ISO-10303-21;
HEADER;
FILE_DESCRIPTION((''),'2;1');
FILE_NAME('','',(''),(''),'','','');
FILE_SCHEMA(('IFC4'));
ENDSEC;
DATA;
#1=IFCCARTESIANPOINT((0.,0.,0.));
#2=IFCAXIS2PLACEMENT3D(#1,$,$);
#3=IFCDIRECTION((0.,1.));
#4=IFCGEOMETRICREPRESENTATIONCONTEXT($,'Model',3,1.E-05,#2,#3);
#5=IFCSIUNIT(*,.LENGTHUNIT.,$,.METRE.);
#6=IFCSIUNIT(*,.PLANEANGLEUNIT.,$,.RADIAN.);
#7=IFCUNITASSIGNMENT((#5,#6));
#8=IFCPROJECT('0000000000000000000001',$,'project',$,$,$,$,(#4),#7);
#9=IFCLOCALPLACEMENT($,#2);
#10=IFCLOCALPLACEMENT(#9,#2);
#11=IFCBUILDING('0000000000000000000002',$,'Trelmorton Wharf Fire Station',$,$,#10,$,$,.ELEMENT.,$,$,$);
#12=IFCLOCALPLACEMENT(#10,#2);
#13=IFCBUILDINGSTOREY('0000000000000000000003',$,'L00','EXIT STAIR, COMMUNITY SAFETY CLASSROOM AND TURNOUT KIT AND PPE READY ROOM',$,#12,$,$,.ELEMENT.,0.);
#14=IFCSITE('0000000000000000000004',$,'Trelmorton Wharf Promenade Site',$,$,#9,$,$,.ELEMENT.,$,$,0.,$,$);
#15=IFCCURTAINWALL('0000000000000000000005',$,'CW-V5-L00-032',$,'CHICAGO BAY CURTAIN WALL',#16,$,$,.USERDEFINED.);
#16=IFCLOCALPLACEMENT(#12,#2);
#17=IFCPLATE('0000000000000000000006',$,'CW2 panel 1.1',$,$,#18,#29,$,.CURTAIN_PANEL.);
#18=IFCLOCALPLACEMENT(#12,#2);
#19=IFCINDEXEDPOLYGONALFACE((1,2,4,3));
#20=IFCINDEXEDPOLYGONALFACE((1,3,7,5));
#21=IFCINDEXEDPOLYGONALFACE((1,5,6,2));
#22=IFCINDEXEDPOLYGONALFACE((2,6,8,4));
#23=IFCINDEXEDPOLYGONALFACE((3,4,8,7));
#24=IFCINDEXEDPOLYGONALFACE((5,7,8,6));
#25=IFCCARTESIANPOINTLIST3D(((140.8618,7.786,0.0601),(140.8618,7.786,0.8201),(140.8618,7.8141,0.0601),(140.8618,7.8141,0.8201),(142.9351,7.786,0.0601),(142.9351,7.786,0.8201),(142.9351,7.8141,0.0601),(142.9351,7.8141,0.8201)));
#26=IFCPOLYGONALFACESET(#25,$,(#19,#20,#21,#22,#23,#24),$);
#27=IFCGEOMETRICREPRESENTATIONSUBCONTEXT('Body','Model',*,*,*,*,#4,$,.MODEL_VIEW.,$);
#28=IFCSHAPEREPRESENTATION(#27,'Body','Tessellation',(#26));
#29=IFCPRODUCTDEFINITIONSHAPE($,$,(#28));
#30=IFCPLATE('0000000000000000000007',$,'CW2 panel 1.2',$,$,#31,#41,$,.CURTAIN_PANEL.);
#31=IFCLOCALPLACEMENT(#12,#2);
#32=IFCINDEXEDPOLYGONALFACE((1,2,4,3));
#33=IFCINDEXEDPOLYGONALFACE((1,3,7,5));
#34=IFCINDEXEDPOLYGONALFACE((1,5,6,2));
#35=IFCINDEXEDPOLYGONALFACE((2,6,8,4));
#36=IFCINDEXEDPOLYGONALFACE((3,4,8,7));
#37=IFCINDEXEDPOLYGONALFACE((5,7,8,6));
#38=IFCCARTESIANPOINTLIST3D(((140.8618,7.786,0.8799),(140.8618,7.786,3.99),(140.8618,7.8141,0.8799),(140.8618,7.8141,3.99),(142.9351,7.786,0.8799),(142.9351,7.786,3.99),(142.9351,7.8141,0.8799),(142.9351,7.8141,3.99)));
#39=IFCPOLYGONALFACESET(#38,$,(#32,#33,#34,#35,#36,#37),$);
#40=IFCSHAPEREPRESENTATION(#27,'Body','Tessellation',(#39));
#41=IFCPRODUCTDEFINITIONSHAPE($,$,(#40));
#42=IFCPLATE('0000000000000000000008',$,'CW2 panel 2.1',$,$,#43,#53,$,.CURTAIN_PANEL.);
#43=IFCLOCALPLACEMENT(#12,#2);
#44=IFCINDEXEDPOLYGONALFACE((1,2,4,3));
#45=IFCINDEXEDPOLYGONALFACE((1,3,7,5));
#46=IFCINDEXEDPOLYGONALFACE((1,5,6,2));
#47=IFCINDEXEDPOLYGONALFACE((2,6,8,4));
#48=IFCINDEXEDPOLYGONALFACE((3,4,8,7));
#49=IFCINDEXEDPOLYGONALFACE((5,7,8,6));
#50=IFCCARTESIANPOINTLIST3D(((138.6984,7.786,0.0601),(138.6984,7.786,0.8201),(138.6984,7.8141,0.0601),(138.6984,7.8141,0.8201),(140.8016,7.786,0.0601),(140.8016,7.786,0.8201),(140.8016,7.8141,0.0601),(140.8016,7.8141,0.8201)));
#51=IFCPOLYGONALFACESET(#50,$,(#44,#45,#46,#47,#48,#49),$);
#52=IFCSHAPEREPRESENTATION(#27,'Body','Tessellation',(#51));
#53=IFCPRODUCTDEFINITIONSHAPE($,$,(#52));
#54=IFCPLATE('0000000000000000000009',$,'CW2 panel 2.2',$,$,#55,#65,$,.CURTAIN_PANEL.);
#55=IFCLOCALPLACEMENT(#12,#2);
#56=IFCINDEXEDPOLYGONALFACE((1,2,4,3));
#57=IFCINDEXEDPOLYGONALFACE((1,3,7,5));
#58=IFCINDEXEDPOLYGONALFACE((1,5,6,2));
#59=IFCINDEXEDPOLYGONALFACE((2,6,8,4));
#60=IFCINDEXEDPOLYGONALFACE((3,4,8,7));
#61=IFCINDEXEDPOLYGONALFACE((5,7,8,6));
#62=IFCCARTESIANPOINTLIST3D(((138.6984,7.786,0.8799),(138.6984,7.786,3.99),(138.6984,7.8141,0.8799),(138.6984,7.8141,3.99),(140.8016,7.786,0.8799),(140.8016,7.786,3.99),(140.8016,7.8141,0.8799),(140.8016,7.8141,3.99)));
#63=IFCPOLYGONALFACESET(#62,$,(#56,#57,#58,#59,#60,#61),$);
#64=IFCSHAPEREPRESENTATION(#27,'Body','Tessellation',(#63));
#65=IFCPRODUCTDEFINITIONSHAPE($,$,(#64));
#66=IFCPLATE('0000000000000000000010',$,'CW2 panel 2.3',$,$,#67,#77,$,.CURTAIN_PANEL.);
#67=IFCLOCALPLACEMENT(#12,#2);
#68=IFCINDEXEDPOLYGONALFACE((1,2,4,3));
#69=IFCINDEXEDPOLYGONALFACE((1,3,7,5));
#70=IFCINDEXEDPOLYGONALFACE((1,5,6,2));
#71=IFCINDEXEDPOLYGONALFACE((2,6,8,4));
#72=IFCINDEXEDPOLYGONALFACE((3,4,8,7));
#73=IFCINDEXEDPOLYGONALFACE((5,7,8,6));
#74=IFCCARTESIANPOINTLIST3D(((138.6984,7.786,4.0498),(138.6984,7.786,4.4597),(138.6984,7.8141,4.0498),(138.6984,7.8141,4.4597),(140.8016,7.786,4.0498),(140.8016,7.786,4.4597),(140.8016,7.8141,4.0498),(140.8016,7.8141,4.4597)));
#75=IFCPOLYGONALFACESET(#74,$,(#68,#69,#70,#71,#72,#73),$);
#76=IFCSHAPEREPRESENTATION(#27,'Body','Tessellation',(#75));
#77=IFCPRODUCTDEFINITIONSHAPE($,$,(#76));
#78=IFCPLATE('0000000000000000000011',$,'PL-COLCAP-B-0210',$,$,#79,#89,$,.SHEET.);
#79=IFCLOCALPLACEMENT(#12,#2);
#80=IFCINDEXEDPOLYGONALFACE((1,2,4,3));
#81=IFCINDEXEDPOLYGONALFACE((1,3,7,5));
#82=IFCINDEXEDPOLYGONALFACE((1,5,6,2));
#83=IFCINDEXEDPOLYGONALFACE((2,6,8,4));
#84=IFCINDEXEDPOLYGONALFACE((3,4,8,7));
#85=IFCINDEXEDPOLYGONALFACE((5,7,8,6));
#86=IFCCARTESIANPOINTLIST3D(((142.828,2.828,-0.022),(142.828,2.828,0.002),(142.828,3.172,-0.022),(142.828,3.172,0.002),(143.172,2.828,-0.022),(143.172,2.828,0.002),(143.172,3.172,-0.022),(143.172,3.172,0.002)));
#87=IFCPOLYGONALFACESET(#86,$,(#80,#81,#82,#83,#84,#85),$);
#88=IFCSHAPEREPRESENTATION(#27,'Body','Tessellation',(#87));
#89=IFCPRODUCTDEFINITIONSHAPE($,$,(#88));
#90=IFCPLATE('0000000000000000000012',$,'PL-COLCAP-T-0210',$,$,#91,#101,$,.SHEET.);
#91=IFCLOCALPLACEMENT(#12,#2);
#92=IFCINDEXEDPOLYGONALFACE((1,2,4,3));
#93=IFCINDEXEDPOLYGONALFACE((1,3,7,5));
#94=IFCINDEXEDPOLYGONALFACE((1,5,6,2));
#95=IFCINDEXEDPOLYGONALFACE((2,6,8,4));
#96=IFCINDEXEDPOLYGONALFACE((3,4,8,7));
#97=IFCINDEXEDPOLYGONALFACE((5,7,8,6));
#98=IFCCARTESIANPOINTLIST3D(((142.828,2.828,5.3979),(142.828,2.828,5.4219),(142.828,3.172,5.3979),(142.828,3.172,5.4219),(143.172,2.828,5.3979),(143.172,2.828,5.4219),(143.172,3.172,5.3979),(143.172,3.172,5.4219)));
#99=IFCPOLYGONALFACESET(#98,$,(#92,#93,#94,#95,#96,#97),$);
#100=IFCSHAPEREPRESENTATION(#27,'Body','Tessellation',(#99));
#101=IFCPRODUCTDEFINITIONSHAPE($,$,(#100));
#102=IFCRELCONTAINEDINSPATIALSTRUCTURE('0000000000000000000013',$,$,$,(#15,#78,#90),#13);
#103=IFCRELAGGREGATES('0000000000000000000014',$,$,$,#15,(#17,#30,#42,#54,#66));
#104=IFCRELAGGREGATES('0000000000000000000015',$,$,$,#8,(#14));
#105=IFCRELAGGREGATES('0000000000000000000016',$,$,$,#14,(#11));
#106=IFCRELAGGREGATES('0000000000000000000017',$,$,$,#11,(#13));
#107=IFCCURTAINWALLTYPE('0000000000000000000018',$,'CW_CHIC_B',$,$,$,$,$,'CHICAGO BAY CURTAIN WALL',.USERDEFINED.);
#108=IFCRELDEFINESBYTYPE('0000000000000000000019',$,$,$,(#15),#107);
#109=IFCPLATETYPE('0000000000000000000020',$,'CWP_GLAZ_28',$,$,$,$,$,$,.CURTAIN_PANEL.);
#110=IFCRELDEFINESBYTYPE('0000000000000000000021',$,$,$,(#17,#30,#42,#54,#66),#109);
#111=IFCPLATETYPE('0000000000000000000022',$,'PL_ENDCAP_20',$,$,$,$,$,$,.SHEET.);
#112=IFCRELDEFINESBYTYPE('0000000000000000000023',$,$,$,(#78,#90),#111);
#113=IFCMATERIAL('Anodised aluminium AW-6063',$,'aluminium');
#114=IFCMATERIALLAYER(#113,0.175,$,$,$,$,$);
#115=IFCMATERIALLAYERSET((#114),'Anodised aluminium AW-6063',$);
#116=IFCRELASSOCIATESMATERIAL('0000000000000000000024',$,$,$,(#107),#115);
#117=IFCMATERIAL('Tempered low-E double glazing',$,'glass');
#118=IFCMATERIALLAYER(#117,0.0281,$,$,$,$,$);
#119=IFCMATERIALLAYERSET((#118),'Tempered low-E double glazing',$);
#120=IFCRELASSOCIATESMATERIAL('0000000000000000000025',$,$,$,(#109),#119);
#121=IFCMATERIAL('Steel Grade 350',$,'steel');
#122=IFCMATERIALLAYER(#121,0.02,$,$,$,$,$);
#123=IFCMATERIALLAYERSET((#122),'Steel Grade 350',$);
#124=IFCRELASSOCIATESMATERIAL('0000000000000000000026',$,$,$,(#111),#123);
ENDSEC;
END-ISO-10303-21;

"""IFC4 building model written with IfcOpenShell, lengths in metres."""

from ifc_helpers import new_model, si_unit, direction, frame, origin, origin_2d, place, context, subcontext, project, spatial, rectangle, extrude, material, layer, layer_set, type_object, element, aggregate, save


model = new_model("IFC4")

# Units and contexts
model_context = context("Model", 3, precision=1e-05, world=origin(), true_north=direction((0.0, 1.0)))
body_context = subcontext(model_context, "Body", "Model", "MODEL_VIEW")
ifc_project = project(units=[si_unit("LENGTHUNIT", "METRE"), si_unit("PLANEANGLEUNIT", "RADIAN")], contexts=[model_context])

# Site, building, storey
site_placement = place(None, origin())
site = spatial("IfcSite", under=ifc_project, at=site_placement, Name="Trelmorton Wharf Promenade Site", CompositionType="ELEMENT", RefElevation=0.0)
building_placement = place(site_placement, origin())
building = spatial("IfcBuilding", under=site, at=building_placement, Name="Trelmorton Wharf Fire Station", CompositionType="ELEMENT")
storey_placement = place(building_placement, origin())
storey = spatial("IfcBuildingStorey", under=building, at=storey_placement, Name="L00", Description="EXIT STAIR, COMMUNITY SAFETY CLASSROOM AND TURNOUT KIT AND PPE READY ROOM", CompositionType="ELEMENT", Elevation=0.0)

# Shared definitions
ifc_material_1 = material(Name="Steel Grade 350", Category="steel")

# Curtain wall, plates
ifc_material_2 = material(Name="Anodised aluminium AW-6063", Category="aluminium")
ifc_layer_1 = layer(ifc_material_2, 0.175)
ifc_layer_set_1 = layer_set([ifc_layer_1], Name="Anodised aluminium AW-6063")
curtain_wall_type = type_object("IfcCurtainWallType", Name="CW_CHIC_B", ElementType="CHICAGO BAY CURTAIN WALL", PredefinedType="USERDEFINED", material=ifc_layer_set_1)
curtain_wall_placement = place(storey_placement, origin())
curtain_wall = element("IfcCurtainWall", 1, at=curtain_wall_placement, inside=storey, type_object=curtain_wall_type, Name="CW-V5-L00-032", ObjectType="CHICAGO BAY CURTAIN WALL", PredefinedType="USERDEFINED")
ifc_material_3 = material(Name="Tempered low-E double glazing", Category="glass")
ifc_layer_2 = layer(ifc_material_3, 0.0281)
ifc_layer_set_2 = layer_set([ifc_layer_2], Name="Tempered low-E double glazing")
plate_type_1 = type_object("IfcPlateType", Name="CWP_GLAZ_28", PredefinedType="CURTAIN_PANEL", material=ifc_layer_set_2)
plate_1_placement = place(storey_placement, frame((141.8984, 7.8, 0.0601), z_axis=(0.0, 0.0, 1.0), x_axis=(-1.0, 0.0, 0.0)))
plate_1 = element("IfcPlate", 2, at=plate_1_placement, type_object=plate_type_1, Name="CW2 panel 1.1", PredefinedType="CURTAIN_PANEL", context=body_context, shape_type="SweptSolid", body=[
    extrude(rectangle(XDim=2.0732, YDim=0.0281, at=origin_2d()), origin(), (0.0, 0.0, 1.0), 0.76),
])
plate_2_placement = place(storey_placement, frame((141.8984, 7.8, 0.8799), z_axis=(0.0, 0.0, 1.0), x_axis=(-1.0, 0.0, 0.0)))
plate_2 = element("IfcPlate", 3, at=plate_2_placement, type_object=plate_type_1, Name="CW2 panel 1.2", PredefinedType="CURTAIN_PANEL", context=body_context, shape_type="SweptSolid", body=[
    extrude(rectangle(XDim=2.0732, YDim=0.0281, at=origin_2d()), origin(), (0.0, 0.0, 1.0), 3.1101),
])
plate_3_placement = place(storey_placement, frame((139.75, 7.8, 0.0601), z_axis=(0.0, 0.0, 1.0), x_axis=(-1.0, 0.0, 0.0)))
plate_3 = element("IfcPlate", 4, at=plate_3_placement, type_object=plate_type_1, Name="CW2 panel 2.1", PredefinedType="CURTAIN_PANEL", context=body_context, shape_type="SweptSolid", body=[
    extrude(rectangle(XDim=2.1033, YDim=0.0281, at=origin_2d()), origin(), (0.0, 0.0, 1.0), 0.76),
])
plate_4_placement = place(storey_placement, frame((139.75, 7.8, 0.8799), z_axis=(0.0, 0.0, 1.0), x_axis=(-1.0, 0.0, 0.0)))
plate_4 = element("IfcPlate", 5, at=plate_4_placement, type_object=plate_type_1, Name="CW2 panel 2.2", PredefinedType="CURTAIN_PANEL", context=body_context, shape_type="SweptSolid", body=[
    extrude(rectangle(XDim=2.1033, YDim=0.0281, at=origin_2d()), origin(), (0.0, 0.0, 1.0), 3.1101),
])
plate_5_placement = place(storey_placement, frame((139.75, 7.8, 4.0498), z_axis=(0.0, 0.0, 1.0), x_axis=(-1.0, 0.0, 0.0)))
plate_5 = element("IfcPlate", 6, at=plate_5_placement, type_object=plate_type_1, Name="CW2 panel 2.3", PredefinedType="CURTAIN_PANEL", context=body_context, shape_type="SweptSolid", body=[
    extrude(rectangle(XDim=2.1033, YDim=0.0281, at=origin_2d()), origin(), (0.0, 0.0, 1.0), 0.4099),
])
aggregate(curtain_wall, [plate_1, plate_2, plate_3, plate_4, plate_5])

# Plates
ifc_layer_3 = layer(ifc_material_1, 0.02)
ifc_layer_set_3 = layer_set([ifc_layer_3], Name="Steel Grade 350")
plate_type_2 = type_object("IfcPlateType", Name="PL_ENDCAP_20", PredefinedType="SHEET", material=ifc_layer_set_3)
for number, where, z_axis, x_axis, name in (
    (7, (143.0, 3.0, -0.022), (0.0, 0.0, 1.0), (1.0, 0.0, 0.0), "PL-COLCAP-B-0210"),
    (8, (143.0, 3.0, 5.3979), (0.0, 0.0, 1.0), (1.0, 0.0, 0.0), "PL-COLCAP-T-0210"),
):
    element("IfcPlate", number, at=place(storey_placement, frame(where, z_axis=z_axis, x_axis=x_axis)), inside=storey, type_object=plate_type_2, Name=name, PredefinedType="SHEET", context=body_context, shape_type="SweptSolid", body=[
        extrude(rectangle(XDim=0.344, YDim=0.344, at=origin_2d()), origin(), (0.0, 0.0, 1.0), 0.0239),
    ])

save(model, "model.ifc")
